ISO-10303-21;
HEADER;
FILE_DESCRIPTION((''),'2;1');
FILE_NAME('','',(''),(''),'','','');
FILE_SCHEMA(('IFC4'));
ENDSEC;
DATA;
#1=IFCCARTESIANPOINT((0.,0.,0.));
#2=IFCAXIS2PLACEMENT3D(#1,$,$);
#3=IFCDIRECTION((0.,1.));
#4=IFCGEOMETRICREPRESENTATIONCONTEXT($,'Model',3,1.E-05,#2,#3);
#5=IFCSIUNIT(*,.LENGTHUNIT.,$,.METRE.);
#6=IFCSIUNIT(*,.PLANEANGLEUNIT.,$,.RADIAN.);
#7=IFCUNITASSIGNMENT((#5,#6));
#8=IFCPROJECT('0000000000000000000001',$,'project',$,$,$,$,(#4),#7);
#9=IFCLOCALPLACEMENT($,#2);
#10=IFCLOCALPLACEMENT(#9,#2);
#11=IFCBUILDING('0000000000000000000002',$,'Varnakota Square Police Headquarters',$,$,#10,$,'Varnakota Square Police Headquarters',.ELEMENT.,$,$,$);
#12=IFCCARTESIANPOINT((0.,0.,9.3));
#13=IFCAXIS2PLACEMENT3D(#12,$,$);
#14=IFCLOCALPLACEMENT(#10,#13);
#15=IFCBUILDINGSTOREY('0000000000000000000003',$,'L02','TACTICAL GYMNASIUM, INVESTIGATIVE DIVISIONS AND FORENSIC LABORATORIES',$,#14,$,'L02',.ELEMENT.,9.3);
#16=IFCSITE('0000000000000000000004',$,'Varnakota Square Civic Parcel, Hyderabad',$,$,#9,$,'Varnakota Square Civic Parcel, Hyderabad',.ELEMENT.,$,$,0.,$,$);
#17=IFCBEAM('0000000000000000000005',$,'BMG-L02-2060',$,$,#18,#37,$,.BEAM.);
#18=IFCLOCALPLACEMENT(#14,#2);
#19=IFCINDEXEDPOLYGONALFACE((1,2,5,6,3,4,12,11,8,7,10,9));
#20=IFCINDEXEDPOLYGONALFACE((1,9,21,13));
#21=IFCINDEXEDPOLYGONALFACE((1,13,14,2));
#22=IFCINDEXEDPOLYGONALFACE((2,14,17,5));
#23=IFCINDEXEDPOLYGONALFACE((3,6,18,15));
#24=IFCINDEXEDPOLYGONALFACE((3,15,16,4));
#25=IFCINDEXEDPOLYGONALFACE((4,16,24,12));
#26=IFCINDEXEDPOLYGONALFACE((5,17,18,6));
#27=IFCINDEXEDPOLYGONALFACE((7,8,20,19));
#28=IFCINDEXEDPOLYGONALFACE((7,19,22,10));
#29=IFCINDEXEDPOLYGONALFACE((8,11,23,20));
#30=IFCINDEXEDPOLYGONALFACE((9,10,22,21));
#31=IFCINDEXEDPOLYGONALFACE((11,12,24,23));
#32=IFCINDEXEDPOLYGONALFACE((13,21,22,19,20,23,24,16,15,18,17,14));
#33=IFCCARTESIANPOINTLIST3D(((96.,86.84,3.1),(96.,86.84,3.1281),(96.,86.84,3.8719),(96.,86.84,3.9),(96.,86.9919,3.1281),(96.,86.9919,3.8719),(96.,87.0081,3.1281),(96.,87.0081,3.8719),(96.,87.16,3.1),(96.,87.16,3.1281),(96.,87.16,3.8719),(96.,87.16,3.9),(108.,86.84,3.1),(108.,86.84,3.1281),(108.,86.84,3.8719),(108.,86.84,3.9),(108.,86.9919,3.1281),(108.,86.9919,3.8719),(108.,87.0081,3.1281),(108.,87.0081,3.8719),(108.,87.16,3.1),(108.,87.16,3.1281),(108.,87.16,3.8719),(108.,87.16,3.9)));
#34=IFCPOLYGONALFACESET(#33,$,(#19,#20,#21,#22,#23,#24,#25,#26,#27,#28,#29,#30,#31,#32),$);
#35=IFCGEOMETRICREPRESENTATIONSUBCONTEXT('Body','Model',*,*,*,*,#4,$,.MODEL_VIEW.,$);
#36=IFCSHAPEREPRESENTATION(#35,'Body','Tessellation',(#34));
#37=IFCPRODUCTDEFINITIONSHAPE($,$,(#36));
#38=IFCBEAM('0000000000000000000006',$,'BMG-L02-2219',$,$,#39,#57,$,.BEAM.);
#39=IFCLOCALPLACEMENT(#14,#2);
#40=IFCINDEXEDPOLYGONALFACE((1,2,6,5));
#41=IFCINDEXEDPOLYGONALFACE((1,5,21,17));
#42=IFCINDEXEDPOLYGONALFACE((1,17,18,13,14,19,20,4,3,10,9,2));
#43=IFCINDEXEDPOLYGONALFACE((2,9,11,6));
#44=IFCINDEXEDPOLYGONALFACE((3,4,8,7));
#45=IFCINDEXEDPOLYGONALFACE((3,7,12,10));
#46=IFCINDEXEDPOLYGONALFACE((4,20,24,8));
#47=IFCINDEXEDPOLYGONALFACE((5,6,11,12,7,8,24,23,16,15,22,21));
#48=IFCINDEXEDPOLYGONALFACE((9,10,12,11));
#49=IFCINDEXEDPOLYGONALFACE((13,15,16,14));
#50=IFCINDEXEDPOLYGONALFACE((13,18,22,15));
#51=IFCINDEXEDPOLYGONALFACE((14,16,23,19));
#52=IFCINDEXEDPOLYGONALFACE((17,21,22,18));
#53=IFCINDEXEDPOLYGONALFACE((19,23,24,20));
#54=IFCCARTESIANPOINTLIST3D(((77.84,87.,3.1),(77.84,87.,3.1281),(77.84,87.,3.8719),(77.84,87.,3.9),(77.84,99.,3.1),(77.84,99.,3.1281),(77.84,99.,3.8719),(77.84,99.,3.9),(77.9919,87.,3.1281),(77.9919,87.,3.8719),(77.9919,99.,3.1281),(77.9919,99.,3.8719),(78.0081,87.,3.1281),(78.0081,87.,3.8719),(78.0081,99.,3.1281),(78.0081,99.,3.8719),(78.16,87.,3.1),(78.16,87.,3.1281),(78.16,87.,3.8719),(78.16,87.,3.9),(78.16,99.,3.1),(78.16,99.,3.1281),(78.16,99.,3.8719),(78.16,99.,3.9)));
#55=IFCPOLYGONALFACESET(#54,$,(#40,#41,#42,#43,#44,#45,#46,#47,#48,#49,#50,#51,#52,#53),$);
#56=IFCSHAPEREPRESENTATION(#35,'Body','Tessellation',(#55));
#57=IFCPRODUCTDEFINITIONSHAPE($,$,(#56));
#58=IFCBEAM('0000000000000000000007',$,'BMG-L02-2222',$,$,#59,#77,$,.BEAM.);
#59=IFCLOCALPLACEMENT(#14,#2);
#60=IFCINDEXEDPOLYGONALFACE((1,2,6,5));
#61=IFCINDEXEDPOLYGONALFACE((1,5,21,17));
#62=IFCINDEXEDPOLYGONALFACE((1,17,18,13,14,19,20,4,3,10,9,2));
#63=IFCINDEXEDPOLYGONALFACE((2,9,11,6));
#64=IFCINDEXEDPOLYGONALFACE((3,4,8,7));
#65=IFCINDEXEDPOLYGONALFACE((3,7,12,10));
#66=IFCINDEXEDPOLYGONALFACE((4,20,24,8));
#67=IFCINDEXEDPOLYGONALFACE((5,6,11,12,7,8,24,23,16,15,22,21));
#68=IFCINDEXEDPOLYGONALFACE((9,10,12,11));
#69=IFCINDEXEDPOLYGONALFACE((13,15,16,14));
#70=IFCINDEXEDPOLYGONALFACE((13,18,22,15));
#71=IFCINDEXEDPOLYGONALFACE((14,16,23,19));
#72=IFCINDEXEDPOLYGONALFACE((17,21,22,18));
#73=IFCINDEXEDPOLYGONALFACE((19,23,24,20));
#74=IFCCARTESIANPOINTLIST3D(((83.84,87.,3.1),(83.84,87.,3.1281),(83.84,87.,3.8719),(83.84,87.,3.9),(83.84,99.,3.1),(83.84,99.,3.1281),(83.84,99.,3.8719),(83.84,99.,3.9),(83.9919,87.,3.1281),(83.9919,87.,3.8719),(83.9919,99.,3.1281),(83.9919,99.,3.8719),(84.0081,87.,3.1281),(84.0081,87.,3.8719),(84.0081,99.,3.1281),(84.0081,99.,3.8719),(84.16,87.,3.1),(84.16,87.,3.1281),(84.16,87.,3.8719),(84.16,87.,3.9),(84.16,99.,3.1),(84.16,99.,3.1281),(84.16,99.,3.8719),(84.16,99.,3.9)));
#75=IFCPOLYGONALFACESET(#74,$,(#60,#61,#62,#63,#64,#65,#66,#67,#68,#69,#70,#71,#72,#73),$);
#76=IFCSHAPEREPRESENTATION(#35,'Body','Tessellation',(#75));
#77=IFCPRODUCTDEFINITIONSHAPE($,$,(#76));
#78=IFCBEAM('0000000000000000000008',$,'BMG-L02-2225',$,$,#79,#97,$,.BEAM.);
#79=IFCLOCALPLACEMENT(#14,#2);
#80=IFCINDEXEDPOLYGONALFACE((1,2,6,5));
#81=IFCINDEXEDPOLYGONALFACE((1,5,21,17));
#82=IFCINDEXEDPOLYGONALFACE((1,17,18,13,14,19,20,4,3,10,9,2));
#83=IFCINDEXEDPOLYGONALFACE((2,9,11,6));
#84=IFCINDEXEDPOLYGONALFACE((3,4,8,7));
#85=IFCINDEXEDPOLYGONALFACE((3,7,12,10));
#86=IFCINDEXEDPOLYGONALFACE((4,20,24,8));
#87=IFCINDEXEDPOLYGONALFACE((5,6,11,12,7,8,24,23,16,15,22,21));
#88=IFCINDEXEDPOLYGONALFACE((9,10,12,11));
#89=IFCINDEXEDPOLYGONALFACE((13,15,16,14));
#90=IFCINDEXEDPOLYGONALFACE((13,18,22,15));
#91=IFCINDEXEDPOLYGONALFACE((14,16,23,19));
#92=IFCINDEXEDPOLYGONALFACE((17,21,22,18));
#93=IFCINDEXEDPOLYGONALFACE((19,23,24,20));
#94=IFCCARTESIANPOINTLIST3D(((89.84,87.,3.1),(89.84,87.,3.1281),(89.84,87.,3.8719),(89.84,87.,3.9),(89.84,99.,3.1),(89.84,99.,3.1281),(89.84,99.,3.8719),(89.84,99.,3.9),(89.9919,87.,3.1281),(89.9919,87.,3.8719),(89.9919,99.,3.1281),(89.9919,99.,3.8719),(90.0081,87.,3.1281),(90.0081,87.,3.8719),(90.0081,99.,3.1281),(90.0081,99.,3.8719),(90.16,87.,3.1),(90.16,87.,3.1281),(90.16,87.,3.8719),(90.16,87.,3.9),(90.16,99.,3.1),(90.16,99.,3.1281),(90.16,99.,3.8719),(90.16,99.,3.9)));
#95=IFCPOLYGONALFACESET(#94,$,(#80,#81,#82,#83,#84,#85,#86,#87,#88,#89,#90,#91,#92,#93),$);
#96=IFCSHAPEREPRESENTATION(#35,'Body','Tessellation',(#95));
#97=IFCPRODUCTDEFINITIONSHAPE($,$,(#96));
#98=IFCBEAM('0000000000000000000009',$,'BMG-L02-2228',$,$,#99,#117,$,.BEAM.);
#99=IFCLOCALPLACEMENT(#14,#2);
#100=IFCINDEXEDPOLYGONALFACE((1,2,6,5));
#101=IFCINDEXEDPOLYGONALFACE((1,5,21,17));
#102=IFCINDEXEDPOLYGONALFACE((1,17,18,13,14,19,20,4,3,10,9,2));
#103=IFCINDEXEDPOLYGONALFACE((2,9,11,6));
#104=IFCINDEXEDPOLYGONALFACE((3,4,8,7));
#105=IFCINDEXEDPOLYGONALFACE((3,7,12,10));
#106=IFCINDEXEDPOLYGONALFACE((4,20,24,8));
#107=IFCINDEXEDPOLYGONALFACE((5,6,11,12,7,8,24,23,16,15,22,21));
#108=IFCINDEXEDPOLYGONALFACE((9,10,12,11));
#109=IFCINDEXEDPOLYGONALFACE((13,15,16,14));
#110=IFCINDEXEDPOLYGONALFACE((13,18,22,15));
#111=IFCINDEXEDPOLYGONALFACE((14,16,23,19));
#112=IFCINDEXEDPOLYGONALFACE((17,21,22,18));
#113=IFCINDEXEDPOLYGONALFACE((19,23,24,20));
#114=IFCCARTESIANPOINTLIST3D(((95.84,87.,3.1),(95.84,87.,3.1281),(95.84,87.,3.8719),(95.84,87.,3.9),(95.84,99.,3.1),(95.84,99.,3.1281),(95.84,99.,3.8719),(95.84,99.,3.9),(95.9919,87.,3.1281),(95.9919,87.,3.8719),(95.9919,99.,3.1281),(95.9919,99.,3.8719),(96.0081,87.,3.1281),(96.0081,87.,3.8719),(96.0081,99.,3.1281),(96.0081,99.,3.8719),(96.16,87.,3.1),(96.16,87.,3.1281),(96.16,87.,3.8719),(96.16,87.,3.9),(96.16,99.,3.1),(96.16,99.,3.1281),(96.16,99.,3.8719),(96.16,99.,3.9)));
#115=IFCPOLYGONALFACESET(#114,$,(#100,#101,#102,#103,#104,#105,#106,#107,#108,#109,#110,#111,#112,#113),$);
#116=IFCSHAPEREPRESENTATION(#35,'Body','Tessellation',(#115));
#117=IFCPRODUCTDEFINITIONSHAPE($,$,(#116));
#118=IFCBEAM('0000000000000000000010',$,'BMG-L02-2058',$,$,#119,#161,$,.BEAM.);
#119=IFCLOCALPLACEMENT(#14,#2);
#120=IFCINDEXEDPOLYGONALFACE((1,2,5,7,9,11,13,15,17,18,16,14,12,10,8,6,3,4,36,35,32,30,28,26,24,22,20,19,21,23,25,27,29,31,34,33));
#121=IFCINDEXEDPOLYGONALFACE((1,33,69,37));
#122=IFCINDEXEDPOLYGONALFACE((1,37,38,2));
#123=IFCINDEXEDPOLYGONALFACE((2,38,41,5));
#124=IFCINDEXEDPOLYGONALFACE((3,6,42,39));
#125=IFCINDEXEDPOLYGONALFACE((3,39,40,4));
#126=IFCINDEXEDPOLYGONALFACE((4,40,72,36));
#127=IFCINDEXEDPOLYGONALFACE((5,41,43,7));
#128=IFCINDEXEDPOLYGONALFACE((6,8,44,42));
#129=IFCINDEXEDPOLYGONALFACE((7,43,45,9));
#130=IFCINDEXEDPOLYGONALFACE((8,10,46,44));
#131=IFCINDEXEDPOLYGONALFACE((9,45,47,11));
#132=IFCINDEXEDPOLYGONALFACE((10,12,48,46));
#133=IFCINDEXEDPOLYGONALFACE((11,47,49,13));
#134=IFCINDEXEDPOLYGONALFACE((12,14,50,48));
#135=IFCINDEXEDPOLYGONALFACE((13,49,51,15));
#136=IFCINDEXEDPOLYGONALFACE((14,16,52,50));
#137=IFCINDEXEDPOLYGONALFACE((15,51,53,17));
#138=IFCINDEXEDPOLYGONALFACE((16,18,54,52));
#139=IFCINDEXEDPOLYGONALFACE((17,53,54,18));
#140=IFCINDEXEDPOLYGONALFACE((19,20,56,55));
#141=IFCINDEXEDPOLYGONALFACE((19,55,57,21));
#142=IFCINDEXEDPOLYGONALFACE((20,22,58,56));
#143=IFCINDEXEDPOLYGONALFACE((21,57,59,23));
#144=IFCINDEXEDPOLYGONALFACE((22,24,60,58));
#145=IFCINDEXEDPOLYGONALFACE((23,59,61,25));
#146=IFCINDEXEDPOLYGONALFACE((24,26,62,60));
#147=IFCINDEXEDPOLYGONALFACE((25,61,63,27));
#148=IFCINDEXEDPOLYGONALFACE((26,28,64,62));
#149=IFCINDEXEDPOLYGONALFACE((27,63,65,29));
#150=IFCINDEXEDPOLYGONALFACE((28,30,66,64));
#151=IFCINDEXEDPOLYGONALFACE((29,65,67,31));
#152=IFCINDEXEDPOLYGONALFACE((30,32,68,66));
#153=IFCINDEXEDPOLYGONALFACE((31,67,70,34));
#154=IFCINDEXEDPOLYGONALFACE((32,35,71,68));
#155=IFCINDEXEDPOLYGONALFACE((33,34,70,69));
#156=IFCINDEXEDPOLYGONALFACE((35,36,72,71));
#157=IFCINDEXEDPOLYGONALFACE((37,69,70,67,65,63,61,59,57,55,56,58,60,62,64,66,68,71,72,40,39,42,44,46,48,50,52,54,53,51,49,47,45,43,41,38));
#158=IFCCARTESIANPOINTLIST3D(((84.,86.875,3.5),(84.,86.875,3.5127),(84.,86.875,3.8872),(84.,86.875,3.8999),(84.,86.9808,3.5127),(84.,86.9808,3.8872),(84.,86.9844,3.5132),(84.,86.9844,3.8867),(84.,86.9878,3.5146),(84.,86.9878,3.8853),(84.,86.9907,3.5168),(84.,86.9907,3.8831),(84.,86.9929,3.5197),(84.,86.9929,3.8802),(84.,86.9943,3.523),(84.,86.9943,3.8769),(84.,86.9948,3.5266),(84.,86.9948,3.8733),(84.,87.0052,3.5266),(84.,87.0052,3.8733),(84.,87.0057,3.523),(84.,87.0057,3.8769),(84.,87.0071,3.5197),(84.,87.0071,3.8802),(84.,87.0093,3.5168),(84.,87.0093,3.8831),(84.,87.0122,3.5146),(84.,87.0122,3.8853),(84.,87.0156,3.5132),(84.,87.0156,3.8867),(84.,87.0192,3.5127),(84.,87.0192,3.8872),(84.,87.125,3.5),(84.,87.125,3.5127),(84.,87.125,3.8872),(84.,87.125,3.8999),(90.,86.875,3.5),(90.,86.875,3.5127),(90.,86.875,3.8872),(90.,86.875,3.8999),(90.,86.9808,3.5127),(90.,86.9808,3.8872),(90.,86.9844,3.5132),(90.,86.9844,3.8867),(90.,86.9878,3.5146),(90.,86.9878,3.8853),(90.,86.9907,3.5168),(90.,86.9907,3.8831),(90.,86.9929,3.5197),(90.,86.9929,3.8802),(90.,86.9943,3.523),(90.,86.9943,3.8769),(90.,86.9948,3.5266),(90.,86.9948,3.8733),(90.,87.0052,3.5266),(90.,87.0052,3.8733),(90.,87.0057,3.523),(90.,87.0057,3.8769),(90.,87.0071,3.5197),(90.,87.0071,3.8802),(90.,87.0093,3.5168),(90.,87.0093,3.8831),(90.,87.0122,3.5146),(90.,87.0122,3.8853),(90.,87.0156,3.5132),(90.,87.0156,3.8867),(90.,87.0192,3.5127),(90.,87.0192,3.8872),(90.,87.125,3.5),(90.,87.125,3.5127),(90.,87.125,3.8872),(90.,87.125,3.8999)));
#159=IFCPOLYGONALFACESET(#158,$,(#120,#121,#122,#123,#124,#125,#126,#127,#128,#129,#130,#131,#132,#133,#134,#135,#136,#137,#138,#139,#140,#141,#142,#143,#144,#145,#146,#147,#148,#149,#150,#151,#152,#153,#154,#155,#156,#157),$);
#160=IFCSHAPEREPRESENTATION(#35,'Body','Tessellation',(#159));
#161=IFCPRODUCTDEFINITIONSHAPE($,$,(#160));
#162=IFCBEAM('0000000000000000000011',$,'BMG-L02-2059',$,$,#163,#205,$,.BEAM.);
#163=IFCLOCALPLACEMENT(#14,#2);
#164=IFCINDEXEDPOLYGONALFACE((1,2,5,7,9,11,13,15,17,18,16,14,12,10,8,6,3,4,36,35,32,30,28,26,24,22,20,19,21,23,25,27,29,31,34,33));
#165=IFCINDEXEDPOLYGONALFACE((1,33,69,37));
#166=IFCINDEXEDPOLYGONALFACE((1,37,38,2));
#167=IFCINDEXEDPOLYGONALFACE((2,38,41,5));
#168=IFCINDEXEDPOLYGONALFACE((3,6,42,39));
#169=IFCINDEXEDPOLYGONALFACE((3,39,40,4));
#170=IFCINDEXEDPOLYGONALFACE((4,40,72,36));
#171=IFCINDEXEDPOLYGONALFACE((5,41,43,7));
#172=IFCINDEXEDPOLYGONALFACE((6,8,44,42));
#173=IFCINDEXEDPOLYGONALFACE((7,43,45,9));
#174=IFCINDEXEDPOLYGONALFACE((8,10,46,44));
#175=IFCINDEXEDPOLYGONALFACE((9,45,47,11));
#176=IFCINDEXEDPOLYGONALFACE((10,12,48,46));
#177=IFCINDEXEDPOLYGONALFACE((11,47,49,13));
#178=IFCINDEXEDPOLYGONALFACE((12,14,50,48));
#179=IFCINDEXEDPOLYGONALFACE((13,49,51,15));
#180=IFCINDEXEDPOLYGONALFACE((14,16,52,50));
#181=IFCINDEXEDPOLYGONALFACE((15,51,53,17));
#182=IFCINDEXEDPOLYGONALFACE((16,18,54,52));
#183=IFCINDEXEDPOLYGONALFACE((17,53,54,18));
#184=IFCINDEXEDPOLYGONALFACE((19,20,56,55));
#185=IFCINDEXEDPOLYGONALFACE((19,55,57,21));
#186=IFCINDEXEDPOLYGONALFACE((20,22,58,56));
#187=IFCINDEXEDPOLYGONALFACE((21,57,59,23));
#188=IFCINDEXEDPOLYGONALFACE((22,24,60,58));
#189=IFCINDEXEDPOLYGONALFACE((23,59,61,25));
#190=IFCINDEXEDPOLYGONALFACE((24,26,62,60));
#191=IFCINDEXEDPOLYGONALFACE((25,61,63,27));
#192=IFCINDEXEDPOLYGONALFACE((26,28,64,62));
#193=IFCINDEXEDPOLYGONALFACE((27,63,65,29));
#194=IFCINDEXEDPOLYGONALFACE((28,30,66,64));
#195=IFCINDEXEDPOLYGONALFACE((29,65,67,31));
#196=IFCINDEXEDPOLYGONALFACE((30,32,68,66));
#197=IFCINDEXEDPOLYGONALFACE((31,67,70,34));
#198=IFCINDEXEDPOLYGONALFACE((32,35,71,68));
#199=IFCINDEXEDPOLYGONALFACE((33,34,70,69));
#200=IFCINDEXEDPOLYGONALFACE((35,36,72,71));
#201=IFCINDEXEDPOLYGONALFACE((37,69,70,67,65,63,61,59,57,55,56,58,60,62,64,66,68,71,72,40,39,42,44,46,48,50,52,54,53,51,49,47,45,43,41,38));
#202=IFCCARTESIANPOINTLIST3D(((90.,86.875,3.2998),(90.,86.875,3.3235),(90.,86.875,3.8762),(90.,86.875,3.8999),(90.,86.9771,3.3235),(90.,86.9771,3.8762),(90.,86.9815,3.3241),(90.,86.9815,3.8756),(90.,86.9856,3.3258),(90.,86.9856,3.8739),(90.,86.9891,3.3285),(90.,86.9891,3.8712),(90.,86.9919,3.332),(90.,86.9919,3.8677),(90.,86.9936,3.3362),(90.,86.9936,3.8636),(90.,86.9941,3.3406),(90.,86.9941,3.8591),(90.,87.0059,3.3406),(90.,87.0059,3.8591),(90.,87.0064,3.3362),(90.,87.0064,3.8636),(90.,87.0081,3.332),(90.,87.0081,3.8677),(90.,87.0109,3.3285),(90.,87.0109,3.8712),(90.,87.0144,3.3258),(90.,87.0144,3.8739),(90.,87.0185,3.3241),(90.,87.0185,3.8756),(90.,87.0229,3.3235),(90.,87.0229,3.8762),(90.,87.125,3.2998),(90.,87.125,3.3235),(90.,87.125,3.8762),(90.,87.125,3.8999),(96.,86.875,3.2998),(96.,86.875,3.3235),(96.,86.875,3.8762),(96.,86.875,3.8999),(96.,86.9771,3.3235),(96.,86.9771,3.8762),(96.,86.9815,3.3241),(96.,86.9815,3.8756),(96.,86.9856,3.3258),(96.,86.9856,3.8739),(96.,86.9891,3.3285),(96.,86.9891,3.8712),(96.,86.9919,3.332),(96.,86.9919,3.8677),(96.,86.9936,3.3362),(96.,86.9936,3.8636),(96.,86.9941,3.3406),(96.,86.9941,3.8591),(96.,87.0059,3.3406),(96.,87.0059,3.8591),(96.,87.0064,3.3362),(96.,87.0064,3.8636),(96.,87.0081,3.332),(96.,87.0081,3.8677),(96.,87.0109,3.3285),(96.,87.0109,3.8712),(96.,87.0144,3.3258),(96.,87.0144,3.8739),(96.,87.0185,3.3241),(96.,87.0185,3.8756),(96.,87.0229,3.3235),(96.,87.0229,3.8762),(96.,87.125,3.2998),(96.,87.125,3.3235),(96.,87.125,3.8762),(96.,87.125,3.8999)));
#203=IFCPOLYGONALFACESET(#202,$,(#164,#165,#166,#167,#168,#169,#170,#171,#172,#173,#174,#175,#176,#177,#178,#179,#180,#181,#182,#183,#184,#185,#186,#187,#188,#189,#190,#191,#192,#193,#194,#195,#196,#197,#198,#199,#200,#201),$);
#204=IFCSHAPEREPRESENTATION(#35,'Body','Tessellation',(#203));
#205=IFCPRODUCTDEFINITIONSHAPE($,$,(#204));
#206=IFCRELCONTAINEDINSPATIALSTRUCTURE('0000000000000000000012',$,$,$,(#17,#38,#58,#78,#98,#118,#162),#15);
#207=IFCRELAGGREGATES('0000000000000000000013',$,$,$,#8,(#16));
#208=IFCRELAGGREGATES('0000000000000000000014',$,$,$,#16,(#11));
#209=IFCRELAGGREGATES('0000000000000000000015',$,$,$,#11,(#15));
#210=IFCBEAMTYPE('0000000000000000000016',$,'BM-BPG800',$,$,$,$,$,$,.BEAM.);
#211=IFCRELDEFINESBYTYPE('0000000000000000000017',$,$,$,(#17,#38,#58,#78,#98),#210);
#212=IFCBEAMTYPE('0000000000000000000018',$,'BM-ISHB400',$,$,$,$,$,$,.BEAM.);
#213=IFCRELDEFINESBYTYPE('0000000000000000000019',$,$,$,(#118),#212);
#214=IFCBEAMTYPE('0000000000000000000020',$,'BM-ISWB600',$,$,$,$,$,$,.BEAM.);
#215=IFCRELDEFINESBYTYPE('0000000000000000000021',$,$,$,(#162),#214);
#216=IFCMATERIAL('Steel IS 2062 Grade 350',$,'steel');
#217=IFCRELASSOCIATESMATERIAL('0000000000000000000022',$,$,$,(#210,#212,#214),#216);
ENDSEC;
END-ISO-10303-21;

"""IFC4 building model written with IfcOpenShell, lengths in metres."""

from ifc_helpers import new_model, si_unit, direction, frame, origin, origin_2d, place, context, subcontext, project, spatial, i_section, extrude, material, material_profile, profile_set, type_object, element, save


model = new_model("IFC4")

# Units and contexts
model_context = context("Model", 3, precision=1e-05, world=origin(), true_north=direction((0.0, 1.0)))
body_context = subcontext(model_context, "Body", "Model", "MODEL_VIEW")
ifc_project = project(units=[si_unit("LENGTHUNIT", "METRE"), si_unit("PLANEANGLEUNIT", "RADIAN")], contexts=[model_context])

# Site, building, storey
site_placement = place(None, origin())
site = spatial("IfcSite", under=ifc_project, at=site_placement, Name="Varnakota Square Civic Parcel, Hyderabad", LongName="Varnakota Square Civic Parcel, Hyderabad", CompositionType="ELEMENT", RefElevation=0.0)
building_placement = place(site_placement, origin())
building = spatial("IfcBuilding", under=site, at=building_placement, Name="Varnakota Square Police Headquarters", LongName="Varnakota Square Police Headquarters", CompositionType="ELEMENT")
storey_placement = place(building_placement, frame((0.0, 0.0, 9.3)))
storey = spatial("IfcBuildingStorey", under=building, at=storey_placement, Name="L02", Description="TACTICAL GYMNASIUM, INVESTIGATIVE DIVISIONS AND FORENSIC LABORATORIES", LongName="L02", CompositionType="ELEMENT", Elevation=9.3)

# Shared definitions
ifc_material_1 = material(Name="Steel IS 2062 Grade 350", Category="steel")

# Beams
ifc_material_profile_1 = material_profile(ifc_material_1, i_section(OverallWidth=0.3201, OverallDepth=0.8, WebThickness=0.0161, FlangeThickness=0.0281, at=origin_2d()), Name="BPG 800x320")
ifc_profile_set_1 = profile_set([ifc_material_profile_1], Name="Steel IS 2062 Grade 350")
beam_type_1 = type_object("IfcBeamType", Name="BM-BPG800", PredefinedType="BEAM", material=ifc_profile_set_1)
for number, where, z_axis, x_axis, name in (
    (1, (96.0, 87.0, 3.5), (1.0, 0.0, 0.0), (0.0, 1.0, 0.0), "BMG-L02-2060"),
    (2, (78.0, 87.0, 3.5), (0.0, 1.0, 0.0), (-1.0, 0.0, 0.0), "BMG-L02-2219"),
    (3, (84.0, 87.0, 3.5), (0.0, 1.0, 0.0), (-1.0, 0.0, 0.0), "BMG-L02-2222"),
    (4, (90.0, 87.0, 3.5), (0.0, 1.0, 0.0), (-1.0, 0.0, 0.0), "BMG-L02-2225"),
    (5, (96.0, 87.0, 3.5), (0.0, 1.0, 0.0), (-1.0, 0.0, 0.0), "BMG-L02-2228"),
):
    element("IfcBeam", number, at=place(storey_placement, frame(where, z_axis=z_axis, x_axis=x_axis)), inside=storey, type_object=beam_type_1, Name=name, PredefinedType="BEAM", context=body_context, shape_type="SweptSolid", body=[
        extrude(i_section(OverallWidth=0.3201, OverallDepth=0.8, WebThickness=0.0161, FlangeThickness=0.0281, at=origin_2d()), origin(), (0.0, 0.0, 1.0), 12.0),
    ])
ifc_material_profile_2 = material_profile(ifc_material_1, i_section(OverallWidth=0.25, OverallDepth=0.3999, WebThickness=0.0105, FlangeThickness=0.0127, FilletRadius=0.0139, at=origin_2d()), Name="ISHB 400")
ifc_profile_set_2 = profile_set([ifc_material_profile_2], Name="Steel IS 2062 Grade 350")
beam_type_2 = type_object("IfcBeamType", Name="BM-ISHB400", PredefinedType="BEAM", material=ifc_profile_set_2)
beam_1_placement = place(storey_placement, frame((84.0, 87.0, 3.7), z_axis=(1.0, 0.0, 0.0), x_axis=(0.0, 1.0, 0.0)))
element("IfcBeam", 6, at=beam_1_placement, inside=storey, type_object=beam_type_2, Name="BMG-L02-2058", PredefinedType="BEAM", context=body_context, shape_type="SweptSolid", body=[
    extrude(i_section(OverallWidth=0.25, OverallDepth=0.3999, WebThickness=0.0105, FlangeThickness=0.0127, FilletRadius=0.0139, at=origin_2d()), origin(), (0.0, 0.0, 1.0), 6.0),
])
ifc_material_profile_3 = material_profile(ifc_material_1, i_section(OverallWidth=0.25, OverallDepth=0.6001, WebThickness=0.0117, FlangeThickness=0.0237, FilletRadius=0.0171, at=origin_2d()), Name="ISWB 600")
ifc_profile_set_3 = profile_set([ifc_material_profile_3], Name="Steel IS 2062 Grade 350")
beam_type_3 = type_object("IfcBeamType", Name="BM-ISWB600", PredefinedType="BEAM", material=ifc_profile_set_3)
beam_2_placement = place(storey_placement, frame((90.0, 87.0, 3.5999), z_axis=(1.0, 0.0, 0.0), x_axis=(0.0, 1.0, 0.0)))
element("IfcBeam", 7, at=beam_2_placement, inside=storey, type_object=beam_type_3, Name="BMG-L02-2059", PredefinedType="BEAM", context=body_context, shape_type="SweptSolid", body=[
    extrude(i_section(OverallWidth=0.25, OverallDepth=0.6001, WebThickness=0.0117, FlangeThickness=0.0237, FilletRadius=0.0171, at=origin_2d()), origin(), (0.0, 0.0, 1.0), 6.0),
])

save(model, "model.ifc")
